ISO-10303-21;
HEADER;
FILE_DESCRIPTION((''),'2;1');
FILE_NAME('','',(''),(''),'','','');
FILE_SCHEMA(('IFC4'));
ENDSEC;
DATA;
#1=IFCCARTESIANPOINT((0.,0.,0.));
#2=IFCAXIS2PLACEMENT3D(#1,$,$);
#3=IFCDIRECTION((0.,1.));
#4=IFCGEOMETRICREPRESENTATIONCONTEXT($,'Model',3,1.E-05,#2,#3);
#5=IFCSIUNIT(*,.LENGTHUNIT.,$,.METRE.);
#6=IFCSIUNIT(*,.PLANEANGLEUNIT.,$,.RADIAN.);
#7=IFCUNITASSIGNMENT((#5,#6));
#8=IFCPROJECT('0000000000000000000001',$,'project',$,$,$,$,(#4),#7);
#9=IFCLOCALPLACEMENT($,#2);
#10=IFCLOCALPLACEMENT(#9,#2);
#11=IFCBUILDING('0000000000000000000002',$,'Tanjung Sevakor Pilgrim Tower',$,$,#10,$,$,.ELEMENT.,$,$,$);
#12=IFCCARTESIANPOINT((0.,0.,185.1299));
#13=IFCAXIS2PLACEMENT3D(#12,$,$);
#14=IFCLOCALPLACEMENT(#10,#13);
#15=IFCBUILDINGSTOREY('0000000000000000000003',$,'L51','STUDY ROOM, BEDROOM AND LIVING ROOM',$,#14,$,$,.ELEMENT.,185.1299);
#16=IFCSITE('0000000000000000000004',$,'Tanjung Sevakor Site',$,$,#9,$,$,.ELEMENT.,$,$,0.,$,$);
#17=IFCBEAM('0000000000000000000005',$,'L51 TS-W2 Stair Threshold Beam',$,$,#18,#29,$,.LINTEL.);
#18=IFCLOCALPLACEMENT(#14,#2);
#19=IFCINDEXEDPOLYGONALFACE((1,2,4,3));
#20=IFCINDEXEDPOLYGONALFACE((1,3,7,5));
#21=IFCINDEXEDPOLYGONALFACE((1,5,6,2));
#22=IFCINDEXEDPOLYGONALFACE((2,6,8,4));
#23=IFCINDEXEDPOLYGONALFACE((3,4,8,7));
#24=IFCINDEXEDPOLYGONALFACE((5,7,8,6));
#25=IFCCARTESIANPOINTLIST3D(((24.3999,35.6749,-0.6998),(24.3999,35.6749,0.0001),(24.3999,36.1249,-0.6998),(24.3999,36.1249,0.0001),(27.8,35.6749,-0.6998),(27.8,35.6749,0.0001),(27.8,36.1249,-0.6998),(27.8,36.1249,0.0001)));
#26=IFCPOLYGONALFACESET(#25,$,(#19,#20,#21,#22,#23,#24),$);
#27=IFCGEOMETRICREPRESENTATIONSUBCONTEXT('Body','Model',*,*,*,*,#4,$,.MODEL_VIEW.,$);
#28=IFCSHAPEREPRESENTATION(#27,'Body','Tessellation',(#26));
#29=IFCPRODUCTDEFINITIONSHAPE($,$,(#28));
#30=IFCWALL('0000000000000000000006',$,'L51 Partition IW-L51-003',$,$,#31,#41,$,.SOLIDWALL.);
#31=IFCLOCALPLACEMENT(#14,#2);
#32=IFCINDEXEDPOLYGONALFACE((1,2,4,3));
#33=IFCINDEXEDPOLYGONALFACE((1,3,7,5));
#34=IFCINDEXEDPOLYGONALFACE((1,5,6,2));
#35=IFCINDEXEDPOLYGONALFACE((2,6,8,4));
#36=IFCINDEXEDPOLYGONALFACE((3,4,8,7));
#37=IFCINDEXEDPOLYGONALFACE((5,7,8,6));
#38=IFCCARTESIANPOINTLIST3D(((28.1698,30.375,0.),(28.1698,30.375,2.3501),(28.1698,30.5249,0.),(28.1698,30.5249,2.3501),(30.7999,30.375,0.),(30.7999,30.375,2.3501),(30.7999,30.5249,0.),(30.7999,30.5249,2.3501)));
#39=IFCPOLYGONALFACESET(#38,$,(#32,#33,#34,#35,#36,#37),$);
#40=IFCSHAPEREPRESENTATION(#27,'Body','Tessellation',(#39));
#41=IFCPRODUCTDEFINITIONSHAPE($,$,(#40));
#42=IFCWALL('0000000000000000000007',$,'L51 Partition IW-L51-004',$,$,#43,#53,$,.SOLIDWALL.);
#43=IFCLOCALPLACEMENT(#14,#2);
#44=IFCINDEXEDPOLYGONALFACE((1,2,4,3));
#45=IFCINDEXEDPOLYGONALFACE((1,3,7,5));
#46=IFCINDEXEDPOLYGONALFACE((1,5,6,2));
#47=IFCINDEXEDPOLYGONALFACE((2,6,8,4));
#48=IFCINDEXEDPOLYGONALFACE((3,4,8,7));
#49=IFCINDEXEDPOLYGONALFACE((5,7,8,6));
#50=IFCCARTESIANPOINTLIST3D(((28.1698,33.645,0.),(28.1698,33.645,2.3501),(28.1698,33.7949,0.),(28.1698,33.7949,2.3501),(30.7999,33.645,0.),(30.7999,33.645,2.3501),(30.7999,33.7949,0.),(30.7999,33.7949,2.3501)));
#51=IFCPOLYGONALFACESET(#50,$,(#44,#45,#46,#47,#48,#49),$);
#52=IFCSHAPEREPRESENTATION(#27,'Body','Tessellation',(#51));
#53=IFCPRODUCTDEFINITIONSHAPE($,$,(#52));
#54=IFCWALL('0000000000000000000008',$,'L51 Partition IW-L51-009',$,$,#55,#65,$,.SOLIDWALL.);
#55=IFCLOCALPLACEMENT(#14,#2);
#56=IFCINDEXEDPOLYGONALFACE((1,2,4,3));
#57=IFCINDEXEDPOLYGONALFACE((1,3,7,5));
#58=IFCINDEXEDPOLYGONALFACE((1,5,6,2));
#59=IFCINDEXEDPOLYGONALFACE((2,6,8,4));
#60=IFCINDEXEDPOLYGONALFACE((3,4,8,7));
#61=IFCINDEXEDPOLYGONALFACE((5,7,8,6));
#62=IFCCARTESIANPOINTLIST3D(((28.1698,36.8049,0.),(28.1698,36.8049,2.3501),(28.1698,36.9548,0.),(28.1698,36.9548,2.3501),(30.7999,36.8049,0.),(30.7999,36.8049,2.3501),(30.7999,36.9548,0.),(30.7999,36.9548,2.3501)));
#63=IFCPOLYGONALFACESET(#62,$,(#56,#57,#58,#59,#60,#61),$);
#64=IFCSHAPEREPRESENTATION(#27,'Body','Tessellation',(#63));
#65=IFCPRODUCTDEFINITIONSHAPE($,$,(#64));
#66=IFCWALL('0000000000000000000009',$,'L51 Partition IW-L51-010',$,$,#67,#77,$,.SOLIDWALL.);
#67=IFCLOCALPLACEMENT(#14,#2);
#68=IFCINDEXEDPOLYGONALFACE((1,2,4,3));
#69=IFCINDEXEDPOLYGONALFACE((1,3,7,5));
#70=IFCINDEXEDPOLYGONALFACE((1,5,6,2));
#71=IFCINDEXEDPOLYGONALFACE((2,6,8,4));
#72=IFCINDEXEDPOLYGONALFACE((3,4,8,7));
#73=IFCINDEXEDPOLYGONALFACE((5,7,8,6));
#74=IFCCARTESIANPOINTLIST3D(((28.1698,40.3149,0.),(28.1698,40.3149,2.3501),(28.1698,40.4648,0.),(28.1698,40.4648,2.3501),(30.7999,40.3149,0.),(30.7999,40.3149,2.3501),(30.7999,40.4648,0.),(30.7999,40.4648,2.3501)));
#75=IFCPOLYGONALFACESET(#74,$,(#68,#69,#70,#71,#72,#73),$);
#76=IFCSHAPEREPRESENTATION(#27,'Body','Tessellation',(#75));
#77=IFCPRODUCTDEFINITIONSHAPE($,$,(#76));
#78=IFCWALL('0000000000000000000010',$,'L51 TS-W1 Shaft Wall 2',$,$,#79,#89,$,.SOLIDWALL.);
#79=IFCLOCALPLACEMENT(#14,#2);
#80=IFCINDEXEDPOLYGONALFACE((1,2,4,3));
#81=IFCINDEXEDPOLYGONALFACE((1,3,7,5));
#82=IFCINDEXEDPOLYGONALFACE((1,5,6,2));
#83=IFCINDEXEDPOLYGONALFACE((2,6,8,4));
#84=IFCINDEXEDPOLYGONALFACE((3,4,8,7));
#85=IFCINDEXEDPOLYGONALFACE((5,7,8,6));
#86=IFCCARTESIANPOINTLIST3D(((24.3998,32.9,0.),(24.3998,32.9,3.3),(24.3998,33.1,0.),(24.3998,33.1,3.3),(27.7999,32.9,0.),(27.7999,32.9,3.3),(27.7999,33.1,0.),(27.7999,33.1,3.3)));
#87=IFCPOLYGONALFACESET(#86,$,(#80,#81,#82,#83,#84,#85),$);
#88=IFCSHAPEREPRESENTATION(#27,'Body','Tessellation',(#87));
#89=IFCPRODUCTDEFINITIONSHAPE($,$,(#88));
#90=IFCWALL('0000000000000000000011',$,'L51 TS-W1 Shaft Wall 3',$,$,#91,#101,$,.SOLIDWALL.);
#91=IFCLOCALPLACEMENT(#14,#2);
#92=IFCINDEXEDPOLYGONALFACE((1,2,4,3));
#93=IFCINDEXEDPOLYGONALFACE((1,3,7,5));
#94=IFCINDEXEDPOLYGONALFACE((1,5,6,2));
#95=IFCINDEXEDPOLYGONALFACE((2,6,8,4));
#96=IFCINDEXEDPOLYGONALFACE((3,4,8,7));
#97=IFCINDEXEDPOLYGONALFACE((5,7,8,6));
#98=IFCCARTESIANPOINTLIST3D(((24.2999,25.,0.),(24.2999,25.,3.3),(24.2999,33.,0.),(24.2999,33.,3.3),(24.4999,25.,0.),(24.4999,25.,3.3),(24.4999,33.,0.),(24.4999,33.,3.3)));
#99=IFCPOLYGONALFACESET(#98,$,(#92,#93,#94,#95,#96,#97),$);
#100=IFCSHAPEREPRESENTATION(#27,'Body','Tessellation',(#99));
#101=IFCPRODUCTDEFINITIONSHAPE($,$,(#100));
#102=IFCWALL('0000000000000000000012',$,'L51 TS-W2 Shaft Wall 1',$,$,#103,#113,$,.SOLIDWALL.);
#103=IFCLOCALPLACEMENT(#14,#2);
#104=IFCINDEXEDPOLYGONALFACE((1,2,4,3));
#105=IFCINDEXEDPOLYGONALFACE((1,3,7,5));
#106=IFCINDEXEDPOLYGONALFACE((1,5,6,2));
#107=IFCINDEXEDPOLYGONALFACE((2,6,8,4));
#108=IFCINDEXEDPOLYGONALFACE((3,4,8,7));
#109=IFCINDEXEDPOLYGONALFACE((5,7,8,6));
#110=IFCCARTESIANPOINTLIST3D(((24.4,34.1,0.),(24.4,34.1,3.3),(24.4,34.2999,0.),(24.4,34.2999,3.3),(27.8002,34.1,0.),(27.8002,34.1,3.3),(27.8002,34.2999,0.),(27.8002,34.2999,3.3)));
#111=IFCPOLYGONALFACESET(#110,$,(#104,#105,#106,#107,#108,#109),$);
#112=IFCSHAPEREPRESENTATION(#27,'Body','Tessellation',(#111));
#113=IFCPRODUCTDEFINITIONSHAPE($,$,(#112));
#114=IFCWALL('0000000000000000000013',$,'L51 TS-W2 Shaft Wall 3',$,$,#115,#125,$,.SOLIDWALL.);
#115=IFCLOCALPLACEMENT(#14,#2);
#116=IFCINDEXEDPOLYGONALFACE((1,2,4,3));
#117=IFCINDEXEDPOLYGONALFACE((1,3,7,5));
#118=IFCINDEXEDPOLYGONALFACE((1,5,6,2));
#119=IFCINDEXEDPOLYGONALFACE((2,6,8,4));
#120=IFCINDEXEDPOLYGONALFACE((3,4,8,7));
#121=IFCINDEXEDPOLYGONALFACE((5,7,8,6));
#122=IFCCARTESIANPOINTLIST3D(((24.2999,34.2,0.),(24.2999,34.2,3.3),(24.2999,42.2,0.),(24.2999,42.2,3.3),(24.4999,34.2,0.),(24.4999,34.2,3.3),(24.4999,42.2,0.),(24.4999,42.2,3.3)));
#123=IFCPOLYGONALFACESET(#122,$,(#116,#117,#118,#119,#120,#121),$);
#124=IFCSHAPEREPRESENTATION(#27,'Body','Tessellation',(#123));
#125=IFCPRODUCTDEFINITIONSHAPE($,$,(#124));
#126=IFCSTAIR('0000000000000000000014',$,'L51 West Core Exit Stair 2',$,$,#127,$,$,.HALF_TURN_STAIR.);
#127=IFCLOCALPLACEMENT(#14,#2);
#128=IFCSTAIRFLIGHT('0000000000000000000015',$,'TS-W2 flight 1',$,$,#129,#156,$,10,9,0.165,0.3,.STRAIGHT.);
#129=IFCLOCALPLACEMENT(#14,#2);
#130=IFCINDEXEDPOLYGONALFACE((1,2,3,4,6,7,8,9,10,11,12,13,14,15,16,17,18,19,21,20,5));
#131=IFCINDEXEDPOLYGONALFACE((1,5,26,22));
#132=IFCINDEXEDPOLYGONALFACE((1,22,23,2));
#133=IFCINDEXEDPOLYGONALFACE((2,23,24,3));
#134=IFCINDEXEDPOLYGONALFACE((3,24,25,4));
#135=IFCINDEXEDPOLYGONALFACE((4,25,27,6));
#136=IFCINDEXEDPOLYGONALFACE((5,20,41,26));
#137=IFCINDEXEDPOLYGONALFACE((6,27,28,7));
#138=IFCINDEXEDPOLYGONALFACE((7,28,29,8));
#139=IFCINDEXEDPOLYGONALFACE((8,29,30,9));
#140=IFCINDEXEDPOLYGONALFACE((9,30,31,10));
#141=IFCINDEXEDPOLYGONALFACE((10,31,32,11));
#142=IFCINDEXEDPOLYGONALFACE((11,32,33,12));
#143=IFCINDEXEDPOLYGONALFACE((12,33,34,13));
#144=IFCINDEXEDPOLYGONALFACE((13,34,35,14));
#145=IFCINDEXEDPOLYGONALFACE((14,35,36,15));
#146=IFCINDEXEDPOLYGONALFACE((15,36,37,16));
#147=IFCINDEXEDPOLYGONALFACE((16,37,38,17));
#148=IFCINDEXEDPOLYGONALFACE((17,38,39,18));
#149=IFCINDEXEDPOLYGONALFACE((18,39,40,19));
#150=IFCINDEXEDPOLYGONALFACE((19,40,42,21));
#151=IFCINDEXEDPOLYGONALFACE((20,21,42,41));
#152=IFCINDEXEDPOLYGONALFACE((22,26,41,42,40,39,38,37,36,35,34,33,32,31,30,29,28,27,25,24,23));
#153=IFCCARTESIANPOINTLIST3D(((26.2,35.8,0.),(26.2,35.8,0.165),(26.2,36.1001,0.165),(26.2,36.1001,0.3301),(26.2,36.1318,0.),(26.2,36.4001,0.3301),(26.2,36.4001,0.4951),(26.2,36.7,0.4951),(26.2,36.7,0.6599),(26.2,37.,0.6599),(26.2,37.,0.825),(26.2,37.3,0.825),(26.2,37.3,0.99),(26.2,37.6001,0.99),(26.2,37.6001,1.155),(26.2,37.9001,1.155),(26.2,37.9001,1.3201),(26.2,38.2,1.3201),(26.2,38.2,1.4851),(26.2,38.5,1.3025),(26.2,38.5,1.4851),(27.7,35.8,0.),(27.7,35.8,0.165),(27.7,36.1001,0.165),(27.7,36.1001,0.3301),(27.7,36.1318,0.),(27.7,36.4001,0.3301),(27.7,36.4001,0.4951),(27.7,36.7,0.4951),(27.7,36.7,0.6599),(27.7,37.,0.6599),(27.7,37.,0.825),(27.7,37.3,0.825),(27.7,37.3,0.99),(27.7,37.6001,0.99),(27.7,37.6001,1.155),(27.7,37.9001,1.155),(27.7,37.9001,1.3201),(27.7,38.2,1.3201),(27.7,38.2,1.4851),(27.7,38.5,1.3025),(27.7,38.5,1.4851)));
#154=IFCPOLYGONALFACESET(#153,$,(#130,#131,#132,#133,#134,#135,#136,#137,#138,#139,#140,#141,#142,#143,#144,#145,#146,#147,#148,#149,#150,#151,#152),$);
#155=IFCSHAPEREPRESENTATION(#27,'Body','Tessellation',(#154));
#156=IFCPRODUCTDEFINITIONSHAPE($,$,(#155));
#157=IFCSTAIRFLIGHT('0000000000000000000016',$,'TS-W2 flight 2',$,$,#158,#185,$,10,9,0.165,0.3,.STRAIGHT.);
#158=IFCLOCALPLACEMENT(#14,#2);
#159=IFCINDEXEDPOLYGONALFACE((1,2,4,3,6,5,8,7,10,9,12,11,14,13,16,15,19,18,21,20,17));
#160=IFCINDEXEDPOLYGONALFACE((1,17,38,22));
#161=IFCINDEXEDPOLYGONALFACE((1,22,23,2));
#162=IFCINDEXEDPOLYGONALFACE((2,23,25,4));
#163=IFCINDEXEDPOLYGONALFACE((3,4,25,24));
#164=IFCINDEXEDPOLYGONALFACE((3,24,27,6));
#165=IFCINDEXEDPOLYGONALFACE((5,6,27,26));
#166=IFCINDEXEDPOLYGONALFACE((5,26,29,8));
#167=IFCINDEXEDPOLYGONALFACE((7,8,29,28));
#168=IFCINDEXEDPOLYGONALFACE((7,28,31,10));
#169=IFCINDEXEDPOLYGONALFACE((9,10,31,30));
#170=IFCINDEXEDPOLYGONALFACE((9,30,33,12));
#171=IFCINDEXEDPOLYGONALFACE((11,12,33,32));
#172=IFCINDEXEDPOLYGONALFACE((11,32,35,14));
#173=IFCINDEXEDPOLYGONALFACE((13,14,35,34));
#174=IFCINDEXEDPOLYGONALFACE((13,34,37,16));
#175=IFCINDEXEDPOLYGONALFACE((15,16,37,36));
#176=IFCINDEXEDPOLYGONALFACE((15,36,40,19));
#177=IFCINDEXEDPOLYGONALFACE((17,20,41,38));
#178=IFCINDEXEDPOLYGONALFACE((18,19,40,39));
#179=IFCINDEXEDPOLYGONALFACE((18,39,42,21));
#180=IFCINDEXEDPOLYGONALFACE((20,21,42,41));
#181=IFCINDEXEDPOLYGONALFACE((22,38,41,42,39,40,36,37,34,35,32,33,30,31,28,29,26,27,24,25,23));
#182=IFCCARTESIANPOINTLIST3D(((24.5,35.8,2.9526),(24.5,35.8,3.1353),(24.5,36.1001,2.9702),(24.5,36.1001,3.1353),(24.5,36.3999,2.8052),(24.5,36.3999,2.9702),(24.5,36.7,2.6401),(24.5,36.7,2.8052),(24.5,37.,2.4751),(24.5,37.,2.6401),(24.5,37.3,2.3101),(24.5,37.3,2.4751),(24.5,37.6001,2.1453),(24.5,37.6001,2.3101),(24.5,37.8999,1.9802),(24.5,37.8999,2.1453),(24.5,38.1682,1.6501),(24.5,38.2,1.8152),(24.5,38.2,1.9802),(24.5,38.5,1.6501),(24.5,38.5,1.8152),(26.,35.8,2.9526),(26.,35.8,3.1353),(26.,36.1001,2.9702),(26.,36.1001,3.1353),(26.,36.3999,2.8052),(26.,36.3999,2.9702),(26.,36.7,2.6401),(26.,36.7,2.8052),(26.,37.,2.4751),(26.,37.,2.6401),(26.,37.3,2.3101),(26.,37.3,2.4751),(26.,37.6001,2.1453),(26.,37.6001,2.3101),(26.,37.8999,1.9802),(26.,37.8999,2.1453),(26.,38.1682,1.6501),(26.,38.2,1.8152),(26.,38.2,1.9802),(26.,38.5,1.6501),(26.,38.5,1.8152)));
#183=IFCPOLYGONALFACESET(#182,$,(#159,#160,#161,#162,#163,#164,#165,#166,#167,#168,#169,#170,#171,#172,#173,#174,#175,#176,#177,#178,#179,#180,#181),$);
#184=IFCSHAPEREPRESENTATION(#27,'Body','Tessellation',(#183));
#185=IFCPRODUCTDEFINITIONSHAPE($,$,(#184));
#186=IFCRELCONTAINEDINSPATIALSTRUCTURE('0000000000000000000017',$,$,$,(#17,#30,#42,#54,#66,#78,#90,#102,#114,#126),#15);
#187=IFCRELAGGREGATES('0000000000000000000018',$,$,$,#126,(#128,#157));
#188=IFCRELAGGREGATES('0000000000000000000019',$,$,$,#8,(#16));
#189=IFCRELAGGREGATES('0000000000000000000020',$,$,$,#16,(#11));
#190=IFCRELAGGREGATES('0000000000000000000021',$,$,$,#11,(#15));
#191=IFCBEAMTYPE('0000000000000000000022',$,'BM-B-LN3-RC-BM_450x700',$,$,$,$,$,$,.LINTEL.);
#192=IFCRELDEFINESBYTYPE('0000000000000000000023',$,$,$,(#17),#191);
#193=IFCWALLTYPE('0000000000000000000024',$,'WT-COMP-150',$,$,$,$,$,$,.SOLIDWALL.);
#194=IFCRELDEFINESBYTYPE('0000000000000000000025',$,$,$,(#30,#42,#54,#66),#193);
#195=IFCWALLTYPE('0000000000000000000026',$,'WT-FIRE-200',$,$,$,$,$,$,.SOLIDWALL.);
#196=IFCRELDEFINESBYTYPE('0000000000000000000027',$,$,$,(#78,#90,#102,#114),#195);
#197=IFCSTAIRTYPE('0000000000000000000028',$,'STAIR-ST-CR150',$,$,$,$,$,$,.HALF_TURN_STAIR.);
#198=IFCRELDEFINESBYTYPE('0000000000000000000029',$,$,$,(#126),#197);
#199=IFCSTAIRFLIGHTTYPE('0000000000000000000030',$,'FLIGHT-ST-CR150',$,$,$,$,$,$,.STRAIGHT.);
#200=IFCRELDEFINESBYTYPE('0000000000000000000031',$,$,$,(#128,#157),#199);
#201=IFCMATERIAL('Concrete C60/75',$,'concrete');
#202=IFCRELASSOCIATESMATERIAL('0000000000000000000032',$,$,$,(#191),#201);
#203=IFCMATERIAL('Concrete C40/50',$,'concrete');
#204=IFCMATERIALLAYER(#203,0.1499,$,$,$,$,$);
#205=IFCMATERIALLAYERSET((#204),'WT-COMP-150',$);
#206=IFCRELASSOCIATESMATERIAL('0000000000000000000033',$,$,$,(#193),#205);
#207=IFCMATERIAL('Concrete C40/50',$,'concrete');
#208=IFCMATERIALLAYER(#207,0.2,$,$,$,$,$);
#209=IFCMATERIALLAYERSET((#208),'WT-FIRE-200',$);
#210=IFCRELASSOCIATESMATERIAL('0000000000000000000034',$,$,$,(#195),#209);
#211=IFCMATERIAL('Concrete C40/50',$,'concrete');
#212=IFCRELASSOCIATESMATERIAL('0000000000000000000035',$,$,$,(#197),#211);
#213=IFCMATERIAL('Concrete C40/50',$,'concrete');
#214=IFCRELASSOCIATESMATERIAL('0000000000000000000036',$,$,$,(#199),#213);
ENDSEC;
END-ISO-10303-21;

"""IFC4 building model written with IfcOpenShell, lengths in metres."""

from ifc_helpers import new_model, si_unit, direction, frame, frame_2d, origin, origin_2d, place, context, subcontext, project, spatial, polyline, rectangle, outline, extrude, material, layer, layer_set, material_profile, profile_set, type_object, element, aggregate, save


model = new_model("IFC4")

# Units and contexts
model_context = context("Model", 3, precision=1e-05, world=origin(), true_north=direction((0.0, 1.0)))
body_context = subcontext(model_context, "Body", "Model", "MODEL_VIEW")
ifc_project = project(units=[si_unit("LENGTHUNIT", "METRE"), si_unit("PLANEANGLEUNIT", "RADIAN")], contexts=[model_context])

# Site, building, storey
site_placement = place(None, origin())
site = spatial("IfcSite", under=ifc_project, at=site_placement, Name="Tanjung Sevakor Site", CompositionType="ELEMENT", RefElevation=0.0)
building_placement = place(site_placement, origin())
building = spatial("IfcBuilding", under=site, at=building_placement, Name="Tanjung Sevakor Pilgrim Tower", CompositionType="ELEMENT")
storey_placement = place(building_placement, frame((0.0, 0.0, 185.1299)))
storey = spatial("IfcBuildingStorey", under=building, at=storey_placement, Name="L51", Description="STUDY ROOM, BEDROOM AND LIVING ROOM", CompositionType="ELEMENT", Elevation=185.1299)

# Beam
ifc_material_1 = material(Name="Concrete C60/75", Category="concrete")
ifc_material_profile = material_profile(ifc_material_1, rectangle(XDim=0.45, YDim=0.7, at=origin_2d()))
ifc_profile_set = profile_set([ifc_material_profile], Name="Concrete C60/75")
beam_type = type_object("IfcBeamType", Name="BM-B-LN3-RC-BM_450x700", PredefinedType="LINTEL", material=ifc_profile_set)
beam_placement = place(storey_placement, frame((24.3999, 35.8999, -0.3499), z_axis=(1.0, 0.0, 0.0), x_axis=(0.0, 1.0, 0.0)))
element("IfcBeam", 1, at=beam_placement, inside=storey, type_object=beam_type, Name="L51 TS-W2 Stair Threshold Beam", PredefinedType="LINTEL", context=body_context, shape_type="SweptSolid", body=[
    extrude(rectangle(XDim=0.45, YDim=0.7, at=origin_2d()), origin(), (0.0, 0.0, 1.0), 3.4001),
])

# Walls
ifc_material_2 = material(Name="Concrete C40/50", Category="concrete")
ifc_layer_1 = layer(ifc_material_2, 0.1499)
ifc_layer_set_1 = layer_set([ifc_layer_1], Name="WT-COMP-150")
wall_type_1 = type_object("IfcWallType", Name="WT-COMP-150", PredefinedType="SOLIDWALL", material=ifc_layer_set_1)
for number, where, z_axis, x_axis, name in (
    (2, (28.1699, 30.45, 0.0), (0.0, 0.0, 1.0), (1.0, 0.0, 0.0), "L51 Partition IW-L51-003"),
    (3, (28.1699, 33.72, 0.0), (0.0, 0.0, 1.0), (1.0, 0.0, 0.0), "L51 Partition IW-L51-004"),
    (4, (28.1699, 36.8799, 0.0), (0.0, 0.0, 1.0), (1.0, 0.0, 0.0), "L51 Partition IW-L51-009"),
    (5, (28.1699, 40.3899, 0.0), (0.0, 0.0, 1.0), (1.0, 0.0, 0.0), "L51 Partition IW-L51-010"),
):
    element("IfcWall", number, at=place(storey_placement, frame(where, z_axis=z_axis, x_axis=x_axis)), inside=storey, type_object=wall_type_1, Name=name, PredefinedType="SOLIDWALL", context=body_context, shape_type="SweptSolid", body=[
        extrude(rectangle(XDim=2.6301, YDim=0.1499, at=frame_2d((1.3149, 0.0))), origin(), (0.0, 0.0, 1.0), 2.3501),
    ])

# Walls
ifc_material_3 = material(Name="Concrete C40/50", Category="concrete")
ifc_layer_2 = layer(ifc_material_3, 0.2)
ifc_layer_set_2 = layer_set([ifc_layer_2], Name="WT-FIRE-200")
wall_type_2 = type_object("IfcWallType", Name="WT-FIRE-200", PredefinedType="SOLIDWALL", material=ifc_layer_set_2)
wall_1_placement = place(storey_placement, frame((27.8, 33.0, 0.0), z_axis=(0.0, 0.0, 1.0), x_axis=(-1.0, 0.0, 0.0)))
element("IfcWall", 6, at=wall_1_placement, inside=storey, type_object=wall_type_2, Name="L51 TS-W1 Shaft Wall 2", PredefinedType="SOLIDWALL", context=body_context, shape_type="SweptSolid", body=[
    extrude(rectangle(XDim=3.4001, YDim=0.2, at=frame_2d((1.7002, 0.0))), origin(), (0.0, 0.0, 1.0), 3.3),
])
wall_2_placement = place(storey_placement, frame((24.3999, 33.0, 0.0), z_axis=(0.0, 0.0, 1.0), x_axis=(0.0, -1.0, 0.0)))
element("IfcWall", 7, at=wall_2_placement, inside=storey, type_object=wall_type_2, Name="L51 TS-W1 Shaft Wall 3", PredefinedType="SOLIDWALL", context=body_context, shape_type="SweptSolid", body=[
    extrude(rectangle(XDim=8.0, YDim=0.2, at=frame_2d((4.0, 0.0))), origin(), (0.0, 0.0, 1.0), 3.3),
])
wall_3_placement = place(storey_placement, frame((24.3999, 34.2, 0.0), z_axis=(0.0, 0.0, 1.0), x_axis=(1.0, 0.0, 0.0)))
element("IfcWall", 8, at=wall_3_placement, inside=storey, type_object=wall_type_2, Name="L51 TS-W2 Shaft Wall 1", PredefinedType="SOLIDWALL", context=body_context, shape_type="SweptSolid", body=[
    extrude(rectangle(XDim=3.4001, YDim=0.2, at=frame_2d((1.7002, 0.0))), origin(), (0.0, 0.0, 1.0), 3.3),
])
wall_4_placement = place(storey_placement, frame((24.3999, 42.2, 0.0), z_axis=(0.0, 0.0, 1.0), x_axis=(0.0, -1.0, 0.0)))
element("IfcWall", 9, at=wall_4_placement, inside=storey, type_object=wall_type_2, Name="L51 TS-W2 Shaft Wall 3", PredefinedType="SOLIDWALL", context=body_context, shape_type="SweptSolid", body=[
    extrude(rectangle(XDim=8.0, YDim=0.2, at=frame_2d((4.0, 0.0))), origin(), (0.0, 0.0, 1.0), 3.3),
])

# Stair, stair flights
ifc_material_4 = material(Name="Concrete C40/50", Category="concrete")
stair_type = type_object("IfcStairType", Name="STAIR-ST-CR150", PredefinedType="HALF_TURN_STAIR", material=ifc_material_4)
stair_placement = place(storey_placement, origin())
stair = element("IfcStair", 10, at=stair_placement, inside=storey, type_object=stair_type, Name="L51 West Core Exit Stair 2", PredefinedType="HALF_TURN_STAIR")
ifc_material_5 = material(Name="Concrete C40/50", Category="concrete")
stair_flight_type = type_object("IfcStairFlightType", Name="FLIGHT-ST-CR150", PredefinedType="STRAIGHT", material=ifc_material_5)
stair_flight_1_placement = place(storey_placement, frame((26.95, 35.8, 0.0), z_axis=(0.0, 0.0, 1.0), x_axis=(0.0, 1.0, 0.0)))
stair_flight_1 = element("IfcStairFlight", 11, at=stair_flight_1_placement, type_object=stair_flight_type, Name="TS-W2 flight 1", NumberOfRisers=10, NumberOfTreads=9, PredefinedType="STRAIGHT", RiserHeight=0.165, TreadLength=0.3, context=body_context, shape_type="SweptSolid", body=[
    extrude(outline(polyline([(0.0, 0.0), (0.0, 0.165), (0.3, 0.165), (0.3, 0.3301), (0.6001, 0.3301), (0.6001, 0.4951), (0.8999, 0.4951), (0.8999, 0.6599), (1.2, 0.6599), (1.2, 0.825), (1.5, 0.825), (1.5, 0.99), (1.8, 0.99), (1.8, 1.155), (2.1001, 1.155), (2.1001, 1.3201), (2.3999, 1.3201), (2.3999, 1.4851), (2.7, 1.4851), (2.7, 1.6499), (2.7, 1.3025), (0.3318, 0.0), (0.0, 0.0)])), frame((0.0, 0.75, 0.0), z_axis=(0.0, -1.0, 0.0), x_axis=(1.0, 0.0, 0.0)), (0.0, 0.0, 1.0), 1.5),
])
stair_flight_2_placement = place(storey_placement, frame((25.25, 38.5, 1.6501), z_axis=(0.0, 0.0, 1.0), x_axis=(0.0, -1.0, 0.0)))
stair_flight_2 = element("IfcStairFlight", 12, at=stair_flight_2_placement, type_object=stair_flight_type, Name="TS-W2 flight 2", NumberOfRisers=10, NumberOfTreads=9, PredefinedType="STRAIGHT", RiserHeight=0.165, TreadLength=0.3, context=body_context, shape_type="SweptSolid", body=[
    extrude(outline(polyline([(0.0, 0.0), (0.0, 0.165), (0.3, 0.165), (0.3, 0.3301), (0.6001, 0.3301), (0.6001, 0.4951), (0.8999, 0.4951), (0.8999, 0.6599), (1.2, 0.6599), (1.2, 0.825), (1.5, 0.825), (1.5, 0.99), (1.8, 0.99), (1.8, 1.155), (2.1001, 1.155), (2.1001, 1.3201), (2.3999, 1.3201), (2.3999, 1.4851), (2.7, 1.4851), (2.7, 1.6499), (2.7, 1.3025), (0.3318, 0.0), (0.0, 0.0)])), frame((0.0, 0.75, 0.0), z_axis=(0.0, -1.0, 0.0), x_axis=(1.0, 0.0, 0.0)), (0.0, 0.0, 1.0), 1.5),
])
aggregate(stair, [stair_flight_1, stair_flight_2])

save(model, "model.ifc")
